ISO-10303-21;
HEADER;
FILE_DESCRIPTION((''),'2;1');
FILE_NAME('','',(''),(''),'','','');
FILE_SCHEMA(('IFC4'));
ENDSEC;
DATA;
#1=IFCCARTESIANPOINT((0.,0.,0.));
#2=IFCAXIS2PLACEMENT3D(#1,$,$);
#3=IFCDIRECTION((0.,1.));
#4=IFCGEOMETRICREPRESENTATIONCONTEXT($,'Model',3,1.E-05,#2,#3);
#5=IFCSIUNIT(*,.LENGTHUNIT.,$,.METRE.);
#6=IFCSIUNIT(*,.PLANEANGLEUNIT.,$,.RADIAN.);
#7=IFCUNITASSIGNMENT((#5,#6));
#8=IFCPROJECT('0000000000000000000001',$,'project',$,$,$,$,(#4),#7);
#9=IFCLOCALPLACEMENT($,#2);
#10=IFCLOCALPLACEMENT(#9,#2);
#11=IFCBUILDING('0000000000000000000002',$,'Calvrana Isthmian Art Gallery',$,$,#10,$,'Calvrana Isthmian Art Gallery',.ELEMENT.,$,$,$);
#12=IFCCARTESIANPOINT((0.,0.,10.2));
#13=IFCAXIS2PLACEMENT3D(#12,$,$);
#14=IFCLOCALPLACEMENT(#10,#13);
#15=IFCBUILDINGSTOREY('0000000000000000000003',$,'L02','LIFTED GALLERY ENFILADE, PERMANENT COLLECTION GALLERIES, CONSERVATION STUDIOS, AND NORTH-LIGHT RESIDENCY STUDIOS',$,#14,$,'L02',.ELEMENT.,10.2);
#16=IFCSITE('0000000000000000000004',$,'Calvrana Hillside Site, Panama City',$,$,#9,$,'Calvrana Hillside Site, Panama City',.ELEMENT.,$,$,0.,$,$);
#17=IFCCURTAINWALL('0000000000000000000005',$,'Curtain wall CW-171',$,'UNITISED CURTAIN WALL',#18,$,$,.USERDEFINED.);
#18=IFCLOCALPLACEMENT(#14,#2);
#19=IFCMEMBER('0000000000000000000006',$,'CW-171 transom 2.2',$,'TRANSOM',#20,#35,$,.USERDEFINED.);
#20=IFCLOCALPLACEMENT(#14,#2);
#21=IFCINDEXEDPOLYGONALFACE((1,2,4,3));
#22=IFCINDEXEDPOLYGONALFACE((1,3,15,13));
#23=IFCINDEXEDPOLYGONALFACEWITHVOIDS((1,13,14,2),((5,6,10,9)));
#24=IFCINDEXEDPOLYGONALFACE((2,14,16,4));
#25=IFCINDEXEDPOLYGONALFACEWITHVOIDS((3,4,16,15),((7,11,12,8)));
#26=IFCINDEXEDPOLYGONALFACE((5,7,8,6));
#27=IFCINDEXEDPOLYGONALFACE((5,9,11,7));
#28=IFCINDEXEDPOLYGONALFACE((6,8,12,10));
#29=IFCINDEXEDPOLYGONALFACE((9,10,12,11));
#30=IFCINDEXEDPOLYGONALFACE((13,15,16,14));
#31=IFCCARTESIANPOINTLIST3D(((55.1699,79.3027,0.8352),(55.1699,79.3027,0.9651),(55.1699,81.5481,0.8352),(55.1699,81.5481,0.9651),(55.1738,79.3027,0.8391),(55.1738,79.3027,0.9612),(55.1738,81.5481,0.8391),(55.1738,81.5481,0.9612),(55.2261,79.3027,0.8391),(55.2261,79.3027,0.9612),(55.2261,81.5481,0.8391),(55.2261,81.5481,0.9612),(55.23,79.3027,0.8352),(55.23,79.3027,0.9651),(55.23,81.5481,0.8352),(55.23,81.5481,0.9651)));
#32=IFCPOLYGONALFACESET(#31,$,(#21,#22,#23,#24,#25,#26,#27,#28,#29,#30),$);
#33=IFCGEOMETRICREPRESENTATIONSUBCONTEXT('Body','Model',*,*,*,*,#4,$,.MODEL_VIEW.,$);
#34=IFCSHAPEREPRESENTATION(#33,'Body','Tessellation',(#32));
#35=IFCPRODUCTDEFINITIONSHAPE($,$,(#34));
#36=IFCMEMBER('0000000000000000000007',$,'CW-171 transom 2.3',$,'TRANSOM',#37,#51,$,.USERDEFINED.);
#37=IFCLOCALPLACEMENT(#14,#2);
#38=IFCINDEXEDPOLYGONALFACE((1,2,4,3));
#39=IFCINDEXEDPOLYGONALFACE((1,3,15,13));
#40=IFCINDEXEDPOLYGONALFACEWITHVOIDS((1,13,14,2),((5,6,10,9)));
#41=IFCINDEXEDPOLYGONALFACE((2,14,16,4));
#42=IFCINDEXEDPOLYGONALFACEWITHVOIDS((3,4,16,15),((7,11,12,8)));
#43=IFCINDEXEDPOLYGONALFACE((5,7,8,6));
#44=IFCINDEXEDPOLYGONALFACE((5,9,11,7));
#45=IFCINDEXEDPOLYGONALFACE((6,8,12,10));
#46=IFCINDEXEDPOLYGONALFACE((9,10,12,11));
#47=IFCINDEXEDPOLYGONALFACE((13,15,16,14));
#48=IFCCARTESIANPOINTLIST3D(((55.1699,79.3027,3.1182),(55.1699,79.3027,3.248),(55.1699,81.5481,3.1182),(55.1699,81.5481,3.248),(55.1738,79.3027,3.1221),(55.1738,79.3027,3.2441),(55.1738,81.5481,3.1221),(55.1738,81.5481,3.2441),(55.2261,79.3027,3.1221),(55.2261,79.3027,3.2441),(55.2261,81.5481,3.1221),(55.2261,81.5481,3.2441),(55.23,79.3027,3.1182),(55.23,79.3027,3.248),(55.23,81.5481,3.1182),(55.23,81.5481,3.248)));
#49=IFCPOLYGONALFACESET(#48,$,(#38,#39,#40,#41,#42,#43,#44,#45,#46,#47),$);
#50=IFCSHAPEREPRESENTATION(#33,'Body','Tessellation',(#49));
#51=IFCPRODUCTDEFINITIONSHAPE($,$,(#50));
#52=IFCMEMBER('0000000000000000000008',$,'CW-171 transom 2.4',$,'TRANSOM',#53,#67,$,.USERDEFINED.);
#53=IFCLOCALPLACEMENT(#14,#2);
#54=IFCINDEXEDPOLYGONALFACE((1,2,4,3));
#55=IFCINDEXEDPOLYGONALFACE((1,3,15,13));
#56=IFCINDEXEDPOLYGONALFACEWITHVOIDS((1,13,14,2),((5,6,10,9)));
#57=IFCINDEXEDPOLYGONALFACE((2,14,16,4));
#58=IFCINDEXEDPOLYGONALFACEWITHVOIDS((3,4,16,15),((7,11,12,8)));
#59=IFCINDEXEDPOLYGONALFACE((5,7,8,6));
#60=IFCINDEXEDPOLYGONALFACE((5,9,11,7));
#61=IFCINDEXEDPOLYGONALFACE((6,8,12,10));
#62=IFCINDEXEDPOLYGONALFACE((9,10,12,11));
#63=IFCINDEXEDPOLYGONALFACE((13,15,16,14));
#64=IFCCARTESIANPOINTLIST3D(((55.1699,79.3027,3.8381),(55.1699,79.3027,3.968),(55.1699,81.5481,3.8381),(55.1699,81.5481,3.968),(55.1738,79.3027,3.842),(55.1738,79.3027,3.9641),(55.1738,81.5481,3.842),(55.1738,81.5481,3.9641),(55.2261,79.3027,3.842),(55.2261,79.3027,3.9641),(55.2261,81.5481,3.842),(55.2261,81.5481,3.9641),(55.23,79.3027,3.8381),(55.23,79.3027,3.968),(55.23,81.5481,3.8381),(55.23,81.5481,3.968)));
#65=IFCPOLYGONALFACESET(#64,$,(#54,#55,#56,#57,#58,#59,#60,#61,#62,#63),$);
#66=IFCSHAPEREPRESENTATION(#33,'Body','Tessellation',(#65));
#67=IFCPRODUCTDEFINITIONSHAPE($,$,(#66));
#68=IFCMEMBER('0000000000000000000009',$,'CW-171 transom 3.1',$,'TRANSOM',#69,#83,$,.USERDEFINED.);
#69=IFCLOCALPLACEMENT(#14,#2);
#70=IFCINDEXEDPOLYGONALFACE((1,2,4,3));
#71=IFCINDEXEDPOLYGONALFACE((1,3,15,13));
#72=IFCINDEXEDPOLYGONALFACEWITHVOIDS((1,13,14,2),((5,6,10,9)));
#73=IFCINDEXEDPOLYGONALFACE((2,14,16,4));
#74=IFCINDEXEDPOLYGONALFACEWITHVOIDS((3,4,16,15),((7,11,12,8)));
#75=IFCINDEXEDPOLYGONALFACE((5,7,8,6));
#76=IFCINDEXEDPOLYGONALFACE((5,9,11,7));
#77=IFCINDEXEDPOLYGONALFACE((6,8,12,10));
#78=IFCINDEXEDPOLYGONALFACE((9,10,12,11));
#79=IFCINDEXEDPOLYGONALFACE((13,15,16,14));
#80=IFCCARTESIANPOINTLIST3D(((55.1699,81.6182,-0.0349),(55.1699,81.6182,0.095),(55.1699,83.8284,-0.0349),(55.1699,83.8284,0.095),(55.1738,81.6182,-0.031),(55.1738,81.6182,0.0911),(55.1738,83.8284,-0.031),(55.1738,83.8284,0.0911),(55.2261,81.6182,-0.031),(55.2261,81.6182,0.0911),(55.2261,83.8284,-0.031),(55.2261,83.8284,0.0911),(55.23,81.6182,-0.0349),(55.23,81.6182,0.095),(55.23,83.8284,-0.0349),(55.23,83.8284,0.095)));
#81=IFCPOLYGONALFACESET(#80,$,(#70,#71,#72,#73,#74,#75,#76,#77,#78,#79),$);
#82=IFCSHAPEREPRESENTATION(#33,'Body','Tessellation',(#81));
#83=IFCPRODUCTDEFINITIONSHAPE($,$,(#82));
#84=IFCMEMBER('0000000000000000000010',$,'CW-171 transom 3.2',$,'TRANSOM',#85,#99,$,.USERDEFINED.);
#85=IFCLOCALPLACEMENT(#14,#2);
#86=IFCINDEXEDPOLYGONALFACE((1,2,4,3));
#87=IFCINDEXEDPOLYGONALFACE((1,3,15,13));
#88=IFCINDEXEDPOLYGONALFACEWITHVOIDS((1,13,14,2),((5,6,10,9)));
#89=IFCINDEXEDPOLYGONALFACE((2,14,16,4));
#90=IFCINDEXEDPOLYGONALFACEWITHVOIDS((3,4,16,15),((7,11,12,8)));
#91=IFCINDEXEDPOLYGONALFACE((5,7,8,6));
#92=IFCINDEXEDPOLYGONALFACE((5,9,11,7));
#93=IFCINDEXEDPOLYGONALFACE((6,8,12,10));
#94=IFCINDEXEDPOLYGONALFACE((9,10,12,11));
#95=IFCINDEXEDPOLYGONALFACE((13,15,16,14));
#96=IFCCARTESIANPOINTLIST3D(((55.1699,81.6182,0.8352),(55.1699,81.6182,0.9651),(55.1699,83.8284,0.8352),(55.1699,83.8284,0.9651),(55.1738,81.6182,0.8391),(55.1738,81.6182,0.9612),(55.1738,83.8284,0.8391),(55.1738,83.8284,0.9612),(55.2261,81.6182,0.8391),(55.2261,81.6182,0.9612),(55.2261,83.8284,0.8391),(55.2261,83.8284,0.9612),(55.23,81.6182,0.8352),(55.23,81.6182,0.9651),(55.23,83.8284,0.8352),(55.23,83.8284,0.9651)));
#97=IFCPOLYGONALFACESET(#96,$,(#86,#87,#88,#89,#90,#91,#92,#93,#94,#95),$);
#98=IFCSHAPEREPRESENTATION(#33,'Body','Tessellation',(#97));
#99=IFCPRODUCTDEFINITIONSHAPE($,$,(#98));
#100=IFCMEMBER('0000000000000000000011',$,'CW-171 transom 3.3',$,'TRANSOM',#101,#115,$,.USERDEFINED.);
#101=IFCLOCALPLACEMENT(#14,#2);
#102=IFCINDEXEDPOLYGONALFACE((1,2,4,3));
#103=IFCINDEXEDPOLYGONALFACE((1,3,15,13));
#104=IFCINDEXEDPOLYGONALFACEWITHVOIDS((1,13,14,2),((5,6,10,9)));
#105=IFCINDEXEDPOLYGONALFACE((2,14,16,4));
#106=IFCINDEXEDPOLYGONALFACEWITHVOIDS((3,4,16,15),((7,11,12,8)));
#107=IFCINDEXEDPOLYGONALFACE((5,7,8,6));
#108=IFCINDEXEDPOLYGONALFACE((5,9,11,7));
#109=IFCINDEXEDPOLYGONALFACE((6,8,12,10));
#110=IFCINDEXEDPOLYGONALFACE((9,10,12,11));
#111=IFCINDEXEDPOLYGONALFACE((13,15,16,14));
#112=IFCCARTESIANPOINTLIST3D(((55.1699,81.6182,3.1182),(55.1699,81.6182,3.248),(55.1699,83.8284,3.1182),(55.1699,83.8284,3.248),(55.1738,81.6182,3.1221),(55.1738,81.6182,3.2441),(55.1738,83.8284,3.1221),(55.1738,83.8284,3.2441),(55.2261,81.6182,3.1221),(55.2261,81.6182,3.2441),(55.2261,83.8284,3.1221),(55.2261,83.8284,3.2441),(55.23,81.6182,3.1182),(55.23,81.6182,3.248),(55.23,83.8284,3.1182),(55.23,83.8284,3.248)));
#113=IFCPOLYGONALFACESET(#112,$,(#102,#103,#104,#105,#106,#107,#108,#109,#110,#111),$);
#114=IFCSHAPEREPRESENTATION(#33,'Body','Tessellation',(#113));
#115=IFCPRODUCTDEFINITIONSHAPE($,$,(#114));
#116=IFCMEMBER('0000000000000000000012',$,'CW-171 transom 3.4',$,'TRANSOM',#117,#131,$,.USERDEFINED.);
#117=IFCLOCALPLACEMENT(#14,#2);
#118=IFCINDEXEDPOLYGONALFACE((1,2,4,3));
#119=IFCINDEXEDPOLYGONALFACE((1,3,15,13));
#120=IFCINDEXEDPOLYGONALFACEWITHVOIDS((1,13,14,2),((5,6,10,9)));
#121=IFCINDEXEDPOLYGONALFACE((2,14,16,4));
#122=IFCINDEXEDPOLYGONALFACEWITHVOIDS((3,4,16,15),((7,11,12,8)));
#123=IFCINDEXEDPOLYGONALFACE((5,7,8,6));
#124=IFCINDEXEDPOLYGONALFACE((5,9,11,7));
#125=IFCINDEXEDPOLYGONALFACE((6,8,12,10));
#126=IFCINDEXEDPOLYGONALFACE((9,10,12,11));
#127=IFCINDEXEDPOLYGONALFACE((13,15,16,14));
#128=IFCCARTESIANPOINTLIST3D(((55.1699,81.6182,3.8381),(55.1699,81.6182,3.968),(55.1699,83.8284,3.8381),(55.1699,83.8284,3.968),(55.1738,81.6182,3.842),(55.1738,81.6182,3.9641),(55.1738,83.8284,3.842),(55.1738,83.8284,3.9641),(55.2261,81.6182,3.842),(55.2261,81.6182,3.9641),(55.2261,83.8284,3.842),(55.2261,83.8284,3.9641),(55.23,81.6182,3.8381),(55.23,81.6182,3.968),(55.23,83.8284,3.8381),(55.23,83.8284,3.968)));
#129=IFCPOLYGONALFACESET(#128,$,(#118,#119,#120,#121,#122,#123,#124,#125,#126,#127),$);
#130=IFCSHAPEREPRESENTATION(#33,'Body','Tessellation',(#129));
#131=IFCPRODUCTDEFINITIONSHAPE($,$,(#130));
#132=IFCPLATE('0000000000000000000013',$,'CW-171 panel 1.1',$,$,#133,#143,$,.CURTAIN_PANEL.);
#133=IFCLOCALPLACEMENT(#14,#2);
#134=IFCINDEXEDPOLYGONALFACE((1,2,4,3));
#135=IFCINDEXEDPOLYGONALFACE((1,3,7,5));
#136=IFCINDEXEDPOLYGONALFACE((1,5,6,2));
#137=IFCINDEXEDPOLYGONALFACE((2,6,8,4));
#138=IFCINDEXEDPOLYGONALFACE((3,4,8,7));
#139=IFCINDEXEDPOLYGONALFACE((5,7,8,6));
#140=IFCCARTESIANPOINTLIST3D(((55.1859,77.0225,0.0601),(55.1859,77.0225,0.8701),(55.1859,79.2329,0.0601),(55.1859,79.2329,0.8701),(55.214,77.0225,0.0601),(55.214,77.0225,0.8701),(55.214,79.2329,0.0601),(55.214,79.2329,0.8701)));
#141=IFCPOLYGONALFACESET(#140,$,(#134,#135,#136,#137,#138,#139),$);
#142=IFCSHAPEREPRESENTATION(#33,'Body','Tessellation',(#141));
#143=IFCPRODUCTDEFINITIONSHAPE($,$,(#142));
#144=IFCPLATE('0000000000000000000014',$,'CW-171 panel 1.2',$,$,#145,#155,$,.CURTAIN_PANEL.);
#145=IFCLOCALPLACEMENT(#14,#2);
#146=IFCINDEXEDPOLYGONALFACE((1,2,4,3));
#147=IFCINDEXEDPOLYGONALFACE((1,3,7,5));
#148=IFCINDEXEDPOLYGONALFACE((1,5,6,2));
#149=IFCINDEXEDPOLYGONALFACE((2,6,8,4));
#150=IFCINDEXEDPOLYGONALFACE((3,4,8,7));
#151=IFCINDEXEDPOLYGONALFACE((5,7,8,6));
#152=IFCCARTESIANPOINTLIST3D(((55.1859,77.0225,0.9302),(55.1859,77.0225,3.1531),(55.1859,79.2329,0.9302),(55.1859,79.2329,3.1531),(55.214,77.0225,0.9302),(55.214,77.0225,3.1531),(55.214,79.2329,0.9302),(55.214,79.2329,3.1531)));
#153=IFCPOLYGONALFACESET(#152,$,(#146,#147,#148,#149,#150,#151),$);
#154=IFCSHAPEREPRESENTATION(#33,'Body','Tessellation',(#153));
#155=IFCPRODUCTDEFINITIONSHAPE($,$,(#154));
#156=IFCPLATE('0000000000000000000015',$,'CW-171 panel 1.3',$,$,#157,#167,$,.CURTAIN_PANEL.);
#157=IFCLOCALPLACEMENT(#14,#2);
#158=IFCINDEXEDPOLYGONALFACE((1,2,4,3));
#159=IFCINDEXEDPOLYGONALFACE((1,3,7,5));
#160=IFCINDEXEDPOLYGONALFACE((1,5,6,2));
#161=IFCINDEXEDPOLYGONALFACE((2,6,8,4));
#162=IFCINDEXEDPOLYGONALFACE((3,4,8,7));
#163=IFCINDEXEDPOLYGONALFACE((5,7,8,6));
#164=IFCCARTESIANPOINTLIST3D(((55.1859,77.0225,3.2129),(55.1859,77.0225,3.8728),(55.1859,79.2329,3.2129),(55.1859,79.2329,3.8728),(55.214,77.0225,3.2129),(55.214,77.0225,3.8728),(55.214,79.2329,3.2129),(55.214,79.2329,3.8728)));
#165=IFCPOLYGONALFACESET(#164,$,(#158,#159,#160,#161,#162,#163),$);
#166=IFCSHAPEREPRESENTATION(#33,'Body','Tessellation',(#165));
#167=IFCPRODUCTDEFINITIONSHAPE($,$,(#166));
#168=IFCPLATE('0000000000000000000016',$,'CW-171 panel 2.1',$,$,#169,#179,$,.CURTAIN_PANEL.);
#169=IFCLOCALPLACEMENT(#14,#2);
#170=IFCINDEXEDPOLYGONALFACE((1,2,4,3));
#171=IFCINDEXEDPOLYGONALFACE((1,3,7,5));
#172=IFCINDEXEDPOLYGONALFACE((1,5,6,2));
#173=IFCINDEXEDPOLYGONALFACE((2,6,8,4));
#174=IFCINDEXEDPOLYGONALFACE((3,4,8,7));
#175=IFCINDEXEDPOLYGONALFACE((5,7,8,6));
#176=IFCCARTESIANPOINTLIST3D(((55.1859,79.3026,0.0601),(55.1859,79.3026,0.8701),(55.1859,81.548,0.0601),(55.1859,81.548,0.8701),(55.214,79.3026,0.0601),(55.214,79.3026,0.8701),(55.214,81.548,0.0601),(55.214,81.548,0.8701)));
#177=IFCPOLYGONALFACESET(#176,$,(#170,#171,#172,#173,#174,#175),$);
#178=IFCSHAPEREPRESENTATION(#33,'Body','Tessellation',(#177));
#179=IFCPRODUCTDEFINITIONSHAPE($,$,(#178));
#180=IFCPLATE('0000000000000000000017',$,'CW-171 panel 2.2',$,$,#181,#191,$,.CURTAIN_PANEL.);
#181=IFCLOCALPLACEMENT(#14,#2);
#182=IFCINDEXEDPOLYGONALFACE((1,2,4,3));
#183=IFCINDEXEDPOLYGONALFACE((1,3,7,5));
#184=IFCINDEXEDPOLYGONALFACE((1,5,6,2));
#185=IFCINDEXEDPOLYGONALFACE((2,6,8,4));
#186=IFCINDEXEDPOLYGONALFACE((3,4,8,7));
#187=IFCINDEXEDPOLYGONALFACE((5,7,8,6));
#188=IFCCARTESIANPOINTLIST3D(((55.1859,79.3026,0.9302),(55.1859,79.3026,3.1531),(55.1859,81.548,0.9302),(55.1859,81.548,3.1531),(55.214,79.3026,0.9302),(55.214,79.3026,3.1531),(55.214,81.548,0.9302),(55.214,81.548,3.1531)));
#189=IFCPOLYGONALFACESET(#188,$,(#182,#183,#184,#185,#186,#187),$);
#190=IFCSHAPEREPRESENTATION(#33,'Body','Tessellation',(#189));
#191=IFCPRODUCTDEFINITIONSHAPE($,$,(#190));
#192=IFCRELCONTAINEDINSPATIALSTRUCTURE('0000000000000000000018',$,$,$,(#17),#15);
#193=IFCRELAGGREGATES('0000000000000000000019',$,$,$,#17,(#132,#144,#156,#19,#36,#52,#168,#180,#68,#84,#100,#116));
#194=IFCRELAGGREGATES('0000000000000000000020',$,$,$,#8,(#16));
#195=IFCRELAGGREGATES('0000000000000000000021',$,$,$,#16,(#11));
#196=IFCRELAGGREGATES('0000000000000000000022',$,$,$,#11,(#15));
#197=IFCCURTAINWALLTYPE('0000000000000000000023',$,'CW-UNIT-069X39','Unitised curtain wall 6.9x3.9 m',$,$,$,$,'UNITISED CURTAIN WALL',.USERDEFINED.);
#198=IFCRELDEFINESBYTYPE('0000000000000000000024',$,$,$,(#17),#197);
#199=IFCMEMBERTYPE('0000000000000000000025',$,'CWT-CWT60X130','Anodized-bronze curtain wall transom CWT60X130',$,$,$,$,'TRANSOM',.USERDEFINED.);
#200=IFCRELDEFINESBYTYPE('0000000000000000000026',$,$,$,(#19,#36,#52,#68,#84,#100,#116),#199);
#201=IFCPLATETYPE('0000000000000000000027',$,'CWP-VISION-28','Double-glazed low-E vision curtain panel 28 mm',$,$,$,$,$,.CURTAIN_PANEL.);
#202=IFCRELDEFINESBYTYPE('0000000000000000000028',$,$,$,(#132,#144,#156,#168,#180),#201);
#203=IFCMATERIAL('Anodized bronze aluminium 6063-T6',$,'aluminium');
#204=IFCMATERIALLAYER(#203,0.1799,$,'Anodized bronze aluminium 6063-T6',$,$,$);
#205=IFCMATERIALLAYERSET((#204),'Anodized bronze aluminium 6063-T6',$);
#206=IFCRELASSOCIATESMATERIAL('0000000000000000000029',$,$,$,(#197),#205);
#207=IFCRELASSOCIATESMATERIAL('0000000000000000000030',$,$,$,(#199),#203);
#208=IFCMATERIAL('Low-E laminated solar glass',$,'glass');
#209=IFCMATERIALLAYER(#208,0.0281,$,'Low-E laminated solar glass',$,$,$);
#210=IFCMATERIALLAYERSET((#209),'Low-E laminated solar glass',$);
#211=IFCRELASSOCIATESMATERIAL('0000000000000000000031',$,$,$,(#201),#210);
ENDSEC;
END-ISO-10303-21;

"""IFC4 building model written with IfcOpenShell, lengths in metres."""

from ifc_helpers import new_model, si_unit, direction, frame, origin, origin_2d, place, context, subcontext, project, spatial, rectangle, hollow_rectangle, extrude, material, layer, layer_set, material_profile, profile_set, type_object, element, aggregate, save


model = new_model("IFC4")

# Units and contexts
model_context = context("Model", 3, precision=1e-05, world=origin(), true_north=direction((0.0, 1.0)))
body_context = subcontext(model_context, "Body", "Model", "MODEL_VIEW")
ifc_project = project(units=[si_unit("LENGTHUNIT", "METRE"), si_unit("PLANEANGLEUNIT", "RADIAN")], contexts=[model_context])

# Site, building, storey
site_placement = place(None, origin())
site = spatial("IfcSite", under=ifc_project, at=site_placement, Name="Calvrana Hillside Site, Panama City", LongName="Calvrana Hillside Site, Panama City", CompositionType="ELEMENT", RefElevation=0.0)
building_placement = place(site_placement, origin())
building = spatial("IfcBuilding", under=site, at=building_placement, Name="Calvrana Isthmian Art Gallery", LongName="Calvrana Isthmian Art Gallery", CompositionType="ELEMENT")
storey_placement = place(building_placement, frame((0.0, 0.0, 10.2)))
storey = spatial("IfcBuildingStorey", under=building, at=storey_placement, Name="L02", Description="LIFTED GALLERY ENFILADE, PERMANENT COLLECTION GALLERIES, CONSERVATION STUDIOS, AND NORTH-LIGHT RESIDENCY STUDIOS", LongName="L02", CompositionType="ELEMENT", Elevation=10.2)

# Curtain wall, members, plates
ifc_material_1 = material(Name="Anodized bronze aluminium 6063-T6", Category="aluminium")
ifc_layer_1 = layer(ifc_material_1, 0.1799, Name="Anodized bronze aluminium 6063-T6")
ifc_layer_set_1 = layer_set([ifc_layer_1], Name="Anodized bronze aluminium 6063-T6")
curtain_wall_type = type_object("IfcCurtainWallType", Name="CW-UNIT-069X39", Description="Unitised curtain wall 6.9x3.9 m", ElementType="UNITISED CURTAIN WALL", PredefinedType="USERDEFINED", material=ifc_layer_set_1)
curtain_wall_placement = place(storey_placement, origin())
curtain_wall = element("IfcCurtainWall", 1, at=curtain_wall_placement, inside=storey, type_object=curtain_wall_type, Name="Curtain wall CW-171", ObjectType="UNITISED CURTAIN WALL", PredefinedType="USERDEFINED")
ifc_material_profile_1 = material_profile(ifc_material_1, hollow_rectangle(XDim=0.0601, YDim=0.1299, WallThickness=0.0039, at=origin_2d()), Name="CWT60X130")
ifc_profile_set_1 = profile_set([ifc_material_profile_1], Name="Anodized bronze aluminium 6063-T6")
member_type_1 = type_object("IfcMemberType", Name="CWT-CWT60X130", Description="Anodized-bronze curtain wall transom CWT60X130", ElementType="TRANSOM", PredefinedType="USERDEFINED", material=ifc_profile_set_1)
member_1_placement = place(storey_placement, frame((55.2, 79.3027, 0.9001), z_axis=(0.0, 1.0, 0.0), x_axis=(-1.0, 0.0, 0.0)))
member_1 = element("IfcMember", 2, at=member_1_placement, type_object=member_type_1, Name="CW-171 transom 2.2", ObjectType="TRANSOM", PredefinedType="USERDEFINED", context=body_context, shape_type="SweptSolid", body=[
    extrude(hollow_rectangle(XDim=0.0601, YDim=0.1299, WallThickness=0.0039, at=origin_2d()), origin(), (0.0, 0.0, 1.0), 2.2454),
])
member_2_placement = place(storey_placement, frame((55.2, 79.3027, 3.1831), z_axis=(0.0, 1.0, 0.0), x_axis=(-1.0, 0.0, 0.0)))
member_2 = element("IfcMember", 3, at=member_2_placement, type_object=member_type_1, Name="CW-171 transom 2.3", ObjectType="TRANSOM", PredefinedType="USERDEFINED", context=body_context, shape_type="SweptSolid", body=[
    extrude(hollow_rectangle(XDim=0.0601, YDim=0.1299, WallThickness=0.0039, at=origin_2d()), origin(), (0.0, 0.0, 1.0), 2.2454),
])
member_3_placement = place(storey_placement, frame((55.2, 79.3027, 3.9031), z_axis=(0.0, 1.0, 0.0), x_axis=(-1.0, 0.0, 0.0)))
member_3 = element("IfcMember", 4, at=member_3_placement, type_object=member_type_1, Name="CW-171 transom 2.4", ObjectType="TRANSOM", PredefinedType="USERDEFINED", context=body_context, shape_type="SweptSolid", body=[
    extrude(hollow_rectangle(XDim=0.0601, YDim=0.1299, WallThickness=0.0039, at=origin_2d()), origin(), (0.0, 0.0, 1.0), 2.2454),
])
member_4_placement = place(storey_placement, frame((55.2, 81.6182, 0.03), z_axis=(0.0, 1.0, 0.0), x_axis=(-1.0, 0.0, 0.0)))
member_4 = element("IfcMember", 5, at=member_4_placement, type_object=member_type_1, Name="CW-171 transom 3.1", ObjectType="TRANSOM", PredefinedType="USERDEFINED", context=body_context, shape_type="SweptSolid", body=[
    extrude(hollow_rectangle(XDim=0.0601, YDim=0.1299, WallThickness=0.0039, at=origin_2d()), origin(), (0.0, 0.0, 1.0), 2.2102),
])
member_5_placement = place(storey_placement, frame((55.2, 81.6182, 0.9001), z_axis=(0.0, 1.0, 0.0), x_axis=(-1.0, 0.0, 0.0)))
member_5 = element("IfcMember", 6, at=member_5_placement, type_object=member_type_1, Name="CW-171 transom 3.2", ObjectType="TRANSOM", PredefinedType="USERDEFINED", context=body_context, shape_type="SweptSolid", body=[
    extrude(hollow_rectangle(XDim=0.0601, YDim=0.1299, WallThickness=0.0039, at=origin_2d()), origin(), (0.0, 0.0, 1.0), 2.2102),
])
member_6_placement = place(storey_placement, frame((55.2, 81.6182, 3.1831), z_axis=(0.0, 1.0, 0.0), x_axis=(-1.0, 0.0, 0.0)))
member_6 = element("IfcMember", 7, at=member_6_placement, type_object=member_type_1, Name="CW-171 transom 3.3", ObjectType="TRANSOM", PredefinedType="USERDEFINED", context=body_context, shape_type="SweptSolid", body=[
    extrude(hollow_rectangle(XDim=0.0601, YDim=0.1299, WallThickness=0.0039, at=origin_2d()), origin(), (0.0, 0.0, 1.0), 2.2102),
])
member_7_placement = place(storey_placement, frame((55.2, 81.6182, 3.9031), z_axis=(0.0, 1.0, 0.0), x_axis=(-1.0, 0.0, 0.0)))
member_7 = element("IfcMember", 8, at=member_7_placement, type_object=member_type_1, Name="CW-171 transom 3.4", ObjectType="TRANSOM", PredefinedType="USERDEFINED", context=body_context, shape_type="SweptSolid", body=[
    extrude(hollow_rectangle(XDim=0.0601, YDim=0.1299, WallThickness=0.0039, at=origin_2d()), origin(), (0.0, 0.0, 1.0), 2.2102),
])
ifc_material_2 = material(Name="Low-E laminated solar glass", Category="glass")
ifc_layer_2 = layer(ifc_material_2, 0.0281, Name="Low-E laminated solar glass")
ifc_layer_set_2 = layer_set([ifc_layer_2], Name="Low-E laminated solar glass")
plate_type = type_object("IfcPlateType", Name="CWP-VISION-28", Description="Double-glazed low-E vision curtain panel 28 mm", PredefinedType="CURTAIN_PANEL", material=ifc_layer_set_2)
plate_1_placement = place(storey_placement, frame((55.2, 78.1277, 0.0601), z_axis=(0.0, 0.0, 1.0), x_axis=(0.0, 1.0, 0.0)))
plate_1 = element("IfcPlate", 9, at=plate_1_placement, type_object=plate_type, Name="CW-171 panel 1.1", PredefinedType="CURTAIN_PANEL", context=body_context, shape_type="SweptSolid", body=[
    extrude(rectangle(XDim=2.2104, YDim=0.0281, at=origin_2d()), origin(), (0.0, 0.0, 1.0), 0.8101),
])
plate_2_placement = place(storey_placement, frame((55.2, 78.1277, 0.9302), z_axis=(0.0, 0.0, 1.0), x_axis=(0.0, 1.0, 0.0)))
plate_2 = element("IfcPlate", 10, at=plate_2_placement, type_object=plate_type, Name="CW-171 panel 1.2", PredefinedType="CURTAIN_PANEL", context=body_context, shape_type="SweptSolid", body=[
    extrude(rectangle(XDim=2.2104, YDim=0.0281, at=origin_2d()), origin(), (0.0, 0.0, 1.0), 2.2229),
])
plate_3_placement = place(storey_placement, frame((55.2, 78.1277, 3.2129), z_axis=(0.0, 0.0, 1.0), x_axis=(0.0, 1.0, 0.0)))
plate_3 = element("IfcPlate", 11, at=plate_3_placement, type_object=plate_type, Name="CW-171 panel 1.3", PredefinedType="CURTAIN_PANEL", context=body_context, shape_type="SweptSolid", body=[
    extrude(rectangle(XDim=2.2104, YDim=0.0281, at=origin_2d()), origin(), (0.0, 0.0, 1.0), 0.6599),
])
plate_4_placement = place(storey_placement, frame((55.2, 80.4253, 0.0601), z_axis=(0.0, 0.0, 1.0), x_axis=(0.0, 1.0, 0.0)))
plate_4 = element("IfcPlate", 12, at=plate_4_placement, type_object=plate_type, Name="CW-171 panel 2.1", PredefinedType="CURTAIN_PANEL", context=body_context, shape_type="SweptSolid", body=[
    extrude(rectangle(XDim=2.2454, YDim=0.0281, at=origin_2d()), origin(), (0.0, 0.0, 1.0), 0.8101),
])
plate_5_placement = place(storey_placement, frame((55.2, 80.4253, 0.9302), z_axis=(0.0, 0.0, 1.0), x_axis=(0.0, 1.0, 0.0)))
plate_5 = element("IfcPlate", 13, at=plate_5_placement, type_object=plate_type, Name="CW-171 panel 2.2", PredefinedType="CURTAIN_PANEL", context=body_context, shape_type="SweptSolid", body=[
    extrude(rectangle(XDim=2.2454, YDim=0.0281, at=origin_2d()), origin(), (0.0, 0.0, 1.0), 2.2229),
])
aggregate(curtain_wall, [plate_1, plate_2, plate_3, member_1, member_2, member_3, plate_4, plate_5, member_4, member_5, member_6, member_7])

save(model, "model.ifc")
